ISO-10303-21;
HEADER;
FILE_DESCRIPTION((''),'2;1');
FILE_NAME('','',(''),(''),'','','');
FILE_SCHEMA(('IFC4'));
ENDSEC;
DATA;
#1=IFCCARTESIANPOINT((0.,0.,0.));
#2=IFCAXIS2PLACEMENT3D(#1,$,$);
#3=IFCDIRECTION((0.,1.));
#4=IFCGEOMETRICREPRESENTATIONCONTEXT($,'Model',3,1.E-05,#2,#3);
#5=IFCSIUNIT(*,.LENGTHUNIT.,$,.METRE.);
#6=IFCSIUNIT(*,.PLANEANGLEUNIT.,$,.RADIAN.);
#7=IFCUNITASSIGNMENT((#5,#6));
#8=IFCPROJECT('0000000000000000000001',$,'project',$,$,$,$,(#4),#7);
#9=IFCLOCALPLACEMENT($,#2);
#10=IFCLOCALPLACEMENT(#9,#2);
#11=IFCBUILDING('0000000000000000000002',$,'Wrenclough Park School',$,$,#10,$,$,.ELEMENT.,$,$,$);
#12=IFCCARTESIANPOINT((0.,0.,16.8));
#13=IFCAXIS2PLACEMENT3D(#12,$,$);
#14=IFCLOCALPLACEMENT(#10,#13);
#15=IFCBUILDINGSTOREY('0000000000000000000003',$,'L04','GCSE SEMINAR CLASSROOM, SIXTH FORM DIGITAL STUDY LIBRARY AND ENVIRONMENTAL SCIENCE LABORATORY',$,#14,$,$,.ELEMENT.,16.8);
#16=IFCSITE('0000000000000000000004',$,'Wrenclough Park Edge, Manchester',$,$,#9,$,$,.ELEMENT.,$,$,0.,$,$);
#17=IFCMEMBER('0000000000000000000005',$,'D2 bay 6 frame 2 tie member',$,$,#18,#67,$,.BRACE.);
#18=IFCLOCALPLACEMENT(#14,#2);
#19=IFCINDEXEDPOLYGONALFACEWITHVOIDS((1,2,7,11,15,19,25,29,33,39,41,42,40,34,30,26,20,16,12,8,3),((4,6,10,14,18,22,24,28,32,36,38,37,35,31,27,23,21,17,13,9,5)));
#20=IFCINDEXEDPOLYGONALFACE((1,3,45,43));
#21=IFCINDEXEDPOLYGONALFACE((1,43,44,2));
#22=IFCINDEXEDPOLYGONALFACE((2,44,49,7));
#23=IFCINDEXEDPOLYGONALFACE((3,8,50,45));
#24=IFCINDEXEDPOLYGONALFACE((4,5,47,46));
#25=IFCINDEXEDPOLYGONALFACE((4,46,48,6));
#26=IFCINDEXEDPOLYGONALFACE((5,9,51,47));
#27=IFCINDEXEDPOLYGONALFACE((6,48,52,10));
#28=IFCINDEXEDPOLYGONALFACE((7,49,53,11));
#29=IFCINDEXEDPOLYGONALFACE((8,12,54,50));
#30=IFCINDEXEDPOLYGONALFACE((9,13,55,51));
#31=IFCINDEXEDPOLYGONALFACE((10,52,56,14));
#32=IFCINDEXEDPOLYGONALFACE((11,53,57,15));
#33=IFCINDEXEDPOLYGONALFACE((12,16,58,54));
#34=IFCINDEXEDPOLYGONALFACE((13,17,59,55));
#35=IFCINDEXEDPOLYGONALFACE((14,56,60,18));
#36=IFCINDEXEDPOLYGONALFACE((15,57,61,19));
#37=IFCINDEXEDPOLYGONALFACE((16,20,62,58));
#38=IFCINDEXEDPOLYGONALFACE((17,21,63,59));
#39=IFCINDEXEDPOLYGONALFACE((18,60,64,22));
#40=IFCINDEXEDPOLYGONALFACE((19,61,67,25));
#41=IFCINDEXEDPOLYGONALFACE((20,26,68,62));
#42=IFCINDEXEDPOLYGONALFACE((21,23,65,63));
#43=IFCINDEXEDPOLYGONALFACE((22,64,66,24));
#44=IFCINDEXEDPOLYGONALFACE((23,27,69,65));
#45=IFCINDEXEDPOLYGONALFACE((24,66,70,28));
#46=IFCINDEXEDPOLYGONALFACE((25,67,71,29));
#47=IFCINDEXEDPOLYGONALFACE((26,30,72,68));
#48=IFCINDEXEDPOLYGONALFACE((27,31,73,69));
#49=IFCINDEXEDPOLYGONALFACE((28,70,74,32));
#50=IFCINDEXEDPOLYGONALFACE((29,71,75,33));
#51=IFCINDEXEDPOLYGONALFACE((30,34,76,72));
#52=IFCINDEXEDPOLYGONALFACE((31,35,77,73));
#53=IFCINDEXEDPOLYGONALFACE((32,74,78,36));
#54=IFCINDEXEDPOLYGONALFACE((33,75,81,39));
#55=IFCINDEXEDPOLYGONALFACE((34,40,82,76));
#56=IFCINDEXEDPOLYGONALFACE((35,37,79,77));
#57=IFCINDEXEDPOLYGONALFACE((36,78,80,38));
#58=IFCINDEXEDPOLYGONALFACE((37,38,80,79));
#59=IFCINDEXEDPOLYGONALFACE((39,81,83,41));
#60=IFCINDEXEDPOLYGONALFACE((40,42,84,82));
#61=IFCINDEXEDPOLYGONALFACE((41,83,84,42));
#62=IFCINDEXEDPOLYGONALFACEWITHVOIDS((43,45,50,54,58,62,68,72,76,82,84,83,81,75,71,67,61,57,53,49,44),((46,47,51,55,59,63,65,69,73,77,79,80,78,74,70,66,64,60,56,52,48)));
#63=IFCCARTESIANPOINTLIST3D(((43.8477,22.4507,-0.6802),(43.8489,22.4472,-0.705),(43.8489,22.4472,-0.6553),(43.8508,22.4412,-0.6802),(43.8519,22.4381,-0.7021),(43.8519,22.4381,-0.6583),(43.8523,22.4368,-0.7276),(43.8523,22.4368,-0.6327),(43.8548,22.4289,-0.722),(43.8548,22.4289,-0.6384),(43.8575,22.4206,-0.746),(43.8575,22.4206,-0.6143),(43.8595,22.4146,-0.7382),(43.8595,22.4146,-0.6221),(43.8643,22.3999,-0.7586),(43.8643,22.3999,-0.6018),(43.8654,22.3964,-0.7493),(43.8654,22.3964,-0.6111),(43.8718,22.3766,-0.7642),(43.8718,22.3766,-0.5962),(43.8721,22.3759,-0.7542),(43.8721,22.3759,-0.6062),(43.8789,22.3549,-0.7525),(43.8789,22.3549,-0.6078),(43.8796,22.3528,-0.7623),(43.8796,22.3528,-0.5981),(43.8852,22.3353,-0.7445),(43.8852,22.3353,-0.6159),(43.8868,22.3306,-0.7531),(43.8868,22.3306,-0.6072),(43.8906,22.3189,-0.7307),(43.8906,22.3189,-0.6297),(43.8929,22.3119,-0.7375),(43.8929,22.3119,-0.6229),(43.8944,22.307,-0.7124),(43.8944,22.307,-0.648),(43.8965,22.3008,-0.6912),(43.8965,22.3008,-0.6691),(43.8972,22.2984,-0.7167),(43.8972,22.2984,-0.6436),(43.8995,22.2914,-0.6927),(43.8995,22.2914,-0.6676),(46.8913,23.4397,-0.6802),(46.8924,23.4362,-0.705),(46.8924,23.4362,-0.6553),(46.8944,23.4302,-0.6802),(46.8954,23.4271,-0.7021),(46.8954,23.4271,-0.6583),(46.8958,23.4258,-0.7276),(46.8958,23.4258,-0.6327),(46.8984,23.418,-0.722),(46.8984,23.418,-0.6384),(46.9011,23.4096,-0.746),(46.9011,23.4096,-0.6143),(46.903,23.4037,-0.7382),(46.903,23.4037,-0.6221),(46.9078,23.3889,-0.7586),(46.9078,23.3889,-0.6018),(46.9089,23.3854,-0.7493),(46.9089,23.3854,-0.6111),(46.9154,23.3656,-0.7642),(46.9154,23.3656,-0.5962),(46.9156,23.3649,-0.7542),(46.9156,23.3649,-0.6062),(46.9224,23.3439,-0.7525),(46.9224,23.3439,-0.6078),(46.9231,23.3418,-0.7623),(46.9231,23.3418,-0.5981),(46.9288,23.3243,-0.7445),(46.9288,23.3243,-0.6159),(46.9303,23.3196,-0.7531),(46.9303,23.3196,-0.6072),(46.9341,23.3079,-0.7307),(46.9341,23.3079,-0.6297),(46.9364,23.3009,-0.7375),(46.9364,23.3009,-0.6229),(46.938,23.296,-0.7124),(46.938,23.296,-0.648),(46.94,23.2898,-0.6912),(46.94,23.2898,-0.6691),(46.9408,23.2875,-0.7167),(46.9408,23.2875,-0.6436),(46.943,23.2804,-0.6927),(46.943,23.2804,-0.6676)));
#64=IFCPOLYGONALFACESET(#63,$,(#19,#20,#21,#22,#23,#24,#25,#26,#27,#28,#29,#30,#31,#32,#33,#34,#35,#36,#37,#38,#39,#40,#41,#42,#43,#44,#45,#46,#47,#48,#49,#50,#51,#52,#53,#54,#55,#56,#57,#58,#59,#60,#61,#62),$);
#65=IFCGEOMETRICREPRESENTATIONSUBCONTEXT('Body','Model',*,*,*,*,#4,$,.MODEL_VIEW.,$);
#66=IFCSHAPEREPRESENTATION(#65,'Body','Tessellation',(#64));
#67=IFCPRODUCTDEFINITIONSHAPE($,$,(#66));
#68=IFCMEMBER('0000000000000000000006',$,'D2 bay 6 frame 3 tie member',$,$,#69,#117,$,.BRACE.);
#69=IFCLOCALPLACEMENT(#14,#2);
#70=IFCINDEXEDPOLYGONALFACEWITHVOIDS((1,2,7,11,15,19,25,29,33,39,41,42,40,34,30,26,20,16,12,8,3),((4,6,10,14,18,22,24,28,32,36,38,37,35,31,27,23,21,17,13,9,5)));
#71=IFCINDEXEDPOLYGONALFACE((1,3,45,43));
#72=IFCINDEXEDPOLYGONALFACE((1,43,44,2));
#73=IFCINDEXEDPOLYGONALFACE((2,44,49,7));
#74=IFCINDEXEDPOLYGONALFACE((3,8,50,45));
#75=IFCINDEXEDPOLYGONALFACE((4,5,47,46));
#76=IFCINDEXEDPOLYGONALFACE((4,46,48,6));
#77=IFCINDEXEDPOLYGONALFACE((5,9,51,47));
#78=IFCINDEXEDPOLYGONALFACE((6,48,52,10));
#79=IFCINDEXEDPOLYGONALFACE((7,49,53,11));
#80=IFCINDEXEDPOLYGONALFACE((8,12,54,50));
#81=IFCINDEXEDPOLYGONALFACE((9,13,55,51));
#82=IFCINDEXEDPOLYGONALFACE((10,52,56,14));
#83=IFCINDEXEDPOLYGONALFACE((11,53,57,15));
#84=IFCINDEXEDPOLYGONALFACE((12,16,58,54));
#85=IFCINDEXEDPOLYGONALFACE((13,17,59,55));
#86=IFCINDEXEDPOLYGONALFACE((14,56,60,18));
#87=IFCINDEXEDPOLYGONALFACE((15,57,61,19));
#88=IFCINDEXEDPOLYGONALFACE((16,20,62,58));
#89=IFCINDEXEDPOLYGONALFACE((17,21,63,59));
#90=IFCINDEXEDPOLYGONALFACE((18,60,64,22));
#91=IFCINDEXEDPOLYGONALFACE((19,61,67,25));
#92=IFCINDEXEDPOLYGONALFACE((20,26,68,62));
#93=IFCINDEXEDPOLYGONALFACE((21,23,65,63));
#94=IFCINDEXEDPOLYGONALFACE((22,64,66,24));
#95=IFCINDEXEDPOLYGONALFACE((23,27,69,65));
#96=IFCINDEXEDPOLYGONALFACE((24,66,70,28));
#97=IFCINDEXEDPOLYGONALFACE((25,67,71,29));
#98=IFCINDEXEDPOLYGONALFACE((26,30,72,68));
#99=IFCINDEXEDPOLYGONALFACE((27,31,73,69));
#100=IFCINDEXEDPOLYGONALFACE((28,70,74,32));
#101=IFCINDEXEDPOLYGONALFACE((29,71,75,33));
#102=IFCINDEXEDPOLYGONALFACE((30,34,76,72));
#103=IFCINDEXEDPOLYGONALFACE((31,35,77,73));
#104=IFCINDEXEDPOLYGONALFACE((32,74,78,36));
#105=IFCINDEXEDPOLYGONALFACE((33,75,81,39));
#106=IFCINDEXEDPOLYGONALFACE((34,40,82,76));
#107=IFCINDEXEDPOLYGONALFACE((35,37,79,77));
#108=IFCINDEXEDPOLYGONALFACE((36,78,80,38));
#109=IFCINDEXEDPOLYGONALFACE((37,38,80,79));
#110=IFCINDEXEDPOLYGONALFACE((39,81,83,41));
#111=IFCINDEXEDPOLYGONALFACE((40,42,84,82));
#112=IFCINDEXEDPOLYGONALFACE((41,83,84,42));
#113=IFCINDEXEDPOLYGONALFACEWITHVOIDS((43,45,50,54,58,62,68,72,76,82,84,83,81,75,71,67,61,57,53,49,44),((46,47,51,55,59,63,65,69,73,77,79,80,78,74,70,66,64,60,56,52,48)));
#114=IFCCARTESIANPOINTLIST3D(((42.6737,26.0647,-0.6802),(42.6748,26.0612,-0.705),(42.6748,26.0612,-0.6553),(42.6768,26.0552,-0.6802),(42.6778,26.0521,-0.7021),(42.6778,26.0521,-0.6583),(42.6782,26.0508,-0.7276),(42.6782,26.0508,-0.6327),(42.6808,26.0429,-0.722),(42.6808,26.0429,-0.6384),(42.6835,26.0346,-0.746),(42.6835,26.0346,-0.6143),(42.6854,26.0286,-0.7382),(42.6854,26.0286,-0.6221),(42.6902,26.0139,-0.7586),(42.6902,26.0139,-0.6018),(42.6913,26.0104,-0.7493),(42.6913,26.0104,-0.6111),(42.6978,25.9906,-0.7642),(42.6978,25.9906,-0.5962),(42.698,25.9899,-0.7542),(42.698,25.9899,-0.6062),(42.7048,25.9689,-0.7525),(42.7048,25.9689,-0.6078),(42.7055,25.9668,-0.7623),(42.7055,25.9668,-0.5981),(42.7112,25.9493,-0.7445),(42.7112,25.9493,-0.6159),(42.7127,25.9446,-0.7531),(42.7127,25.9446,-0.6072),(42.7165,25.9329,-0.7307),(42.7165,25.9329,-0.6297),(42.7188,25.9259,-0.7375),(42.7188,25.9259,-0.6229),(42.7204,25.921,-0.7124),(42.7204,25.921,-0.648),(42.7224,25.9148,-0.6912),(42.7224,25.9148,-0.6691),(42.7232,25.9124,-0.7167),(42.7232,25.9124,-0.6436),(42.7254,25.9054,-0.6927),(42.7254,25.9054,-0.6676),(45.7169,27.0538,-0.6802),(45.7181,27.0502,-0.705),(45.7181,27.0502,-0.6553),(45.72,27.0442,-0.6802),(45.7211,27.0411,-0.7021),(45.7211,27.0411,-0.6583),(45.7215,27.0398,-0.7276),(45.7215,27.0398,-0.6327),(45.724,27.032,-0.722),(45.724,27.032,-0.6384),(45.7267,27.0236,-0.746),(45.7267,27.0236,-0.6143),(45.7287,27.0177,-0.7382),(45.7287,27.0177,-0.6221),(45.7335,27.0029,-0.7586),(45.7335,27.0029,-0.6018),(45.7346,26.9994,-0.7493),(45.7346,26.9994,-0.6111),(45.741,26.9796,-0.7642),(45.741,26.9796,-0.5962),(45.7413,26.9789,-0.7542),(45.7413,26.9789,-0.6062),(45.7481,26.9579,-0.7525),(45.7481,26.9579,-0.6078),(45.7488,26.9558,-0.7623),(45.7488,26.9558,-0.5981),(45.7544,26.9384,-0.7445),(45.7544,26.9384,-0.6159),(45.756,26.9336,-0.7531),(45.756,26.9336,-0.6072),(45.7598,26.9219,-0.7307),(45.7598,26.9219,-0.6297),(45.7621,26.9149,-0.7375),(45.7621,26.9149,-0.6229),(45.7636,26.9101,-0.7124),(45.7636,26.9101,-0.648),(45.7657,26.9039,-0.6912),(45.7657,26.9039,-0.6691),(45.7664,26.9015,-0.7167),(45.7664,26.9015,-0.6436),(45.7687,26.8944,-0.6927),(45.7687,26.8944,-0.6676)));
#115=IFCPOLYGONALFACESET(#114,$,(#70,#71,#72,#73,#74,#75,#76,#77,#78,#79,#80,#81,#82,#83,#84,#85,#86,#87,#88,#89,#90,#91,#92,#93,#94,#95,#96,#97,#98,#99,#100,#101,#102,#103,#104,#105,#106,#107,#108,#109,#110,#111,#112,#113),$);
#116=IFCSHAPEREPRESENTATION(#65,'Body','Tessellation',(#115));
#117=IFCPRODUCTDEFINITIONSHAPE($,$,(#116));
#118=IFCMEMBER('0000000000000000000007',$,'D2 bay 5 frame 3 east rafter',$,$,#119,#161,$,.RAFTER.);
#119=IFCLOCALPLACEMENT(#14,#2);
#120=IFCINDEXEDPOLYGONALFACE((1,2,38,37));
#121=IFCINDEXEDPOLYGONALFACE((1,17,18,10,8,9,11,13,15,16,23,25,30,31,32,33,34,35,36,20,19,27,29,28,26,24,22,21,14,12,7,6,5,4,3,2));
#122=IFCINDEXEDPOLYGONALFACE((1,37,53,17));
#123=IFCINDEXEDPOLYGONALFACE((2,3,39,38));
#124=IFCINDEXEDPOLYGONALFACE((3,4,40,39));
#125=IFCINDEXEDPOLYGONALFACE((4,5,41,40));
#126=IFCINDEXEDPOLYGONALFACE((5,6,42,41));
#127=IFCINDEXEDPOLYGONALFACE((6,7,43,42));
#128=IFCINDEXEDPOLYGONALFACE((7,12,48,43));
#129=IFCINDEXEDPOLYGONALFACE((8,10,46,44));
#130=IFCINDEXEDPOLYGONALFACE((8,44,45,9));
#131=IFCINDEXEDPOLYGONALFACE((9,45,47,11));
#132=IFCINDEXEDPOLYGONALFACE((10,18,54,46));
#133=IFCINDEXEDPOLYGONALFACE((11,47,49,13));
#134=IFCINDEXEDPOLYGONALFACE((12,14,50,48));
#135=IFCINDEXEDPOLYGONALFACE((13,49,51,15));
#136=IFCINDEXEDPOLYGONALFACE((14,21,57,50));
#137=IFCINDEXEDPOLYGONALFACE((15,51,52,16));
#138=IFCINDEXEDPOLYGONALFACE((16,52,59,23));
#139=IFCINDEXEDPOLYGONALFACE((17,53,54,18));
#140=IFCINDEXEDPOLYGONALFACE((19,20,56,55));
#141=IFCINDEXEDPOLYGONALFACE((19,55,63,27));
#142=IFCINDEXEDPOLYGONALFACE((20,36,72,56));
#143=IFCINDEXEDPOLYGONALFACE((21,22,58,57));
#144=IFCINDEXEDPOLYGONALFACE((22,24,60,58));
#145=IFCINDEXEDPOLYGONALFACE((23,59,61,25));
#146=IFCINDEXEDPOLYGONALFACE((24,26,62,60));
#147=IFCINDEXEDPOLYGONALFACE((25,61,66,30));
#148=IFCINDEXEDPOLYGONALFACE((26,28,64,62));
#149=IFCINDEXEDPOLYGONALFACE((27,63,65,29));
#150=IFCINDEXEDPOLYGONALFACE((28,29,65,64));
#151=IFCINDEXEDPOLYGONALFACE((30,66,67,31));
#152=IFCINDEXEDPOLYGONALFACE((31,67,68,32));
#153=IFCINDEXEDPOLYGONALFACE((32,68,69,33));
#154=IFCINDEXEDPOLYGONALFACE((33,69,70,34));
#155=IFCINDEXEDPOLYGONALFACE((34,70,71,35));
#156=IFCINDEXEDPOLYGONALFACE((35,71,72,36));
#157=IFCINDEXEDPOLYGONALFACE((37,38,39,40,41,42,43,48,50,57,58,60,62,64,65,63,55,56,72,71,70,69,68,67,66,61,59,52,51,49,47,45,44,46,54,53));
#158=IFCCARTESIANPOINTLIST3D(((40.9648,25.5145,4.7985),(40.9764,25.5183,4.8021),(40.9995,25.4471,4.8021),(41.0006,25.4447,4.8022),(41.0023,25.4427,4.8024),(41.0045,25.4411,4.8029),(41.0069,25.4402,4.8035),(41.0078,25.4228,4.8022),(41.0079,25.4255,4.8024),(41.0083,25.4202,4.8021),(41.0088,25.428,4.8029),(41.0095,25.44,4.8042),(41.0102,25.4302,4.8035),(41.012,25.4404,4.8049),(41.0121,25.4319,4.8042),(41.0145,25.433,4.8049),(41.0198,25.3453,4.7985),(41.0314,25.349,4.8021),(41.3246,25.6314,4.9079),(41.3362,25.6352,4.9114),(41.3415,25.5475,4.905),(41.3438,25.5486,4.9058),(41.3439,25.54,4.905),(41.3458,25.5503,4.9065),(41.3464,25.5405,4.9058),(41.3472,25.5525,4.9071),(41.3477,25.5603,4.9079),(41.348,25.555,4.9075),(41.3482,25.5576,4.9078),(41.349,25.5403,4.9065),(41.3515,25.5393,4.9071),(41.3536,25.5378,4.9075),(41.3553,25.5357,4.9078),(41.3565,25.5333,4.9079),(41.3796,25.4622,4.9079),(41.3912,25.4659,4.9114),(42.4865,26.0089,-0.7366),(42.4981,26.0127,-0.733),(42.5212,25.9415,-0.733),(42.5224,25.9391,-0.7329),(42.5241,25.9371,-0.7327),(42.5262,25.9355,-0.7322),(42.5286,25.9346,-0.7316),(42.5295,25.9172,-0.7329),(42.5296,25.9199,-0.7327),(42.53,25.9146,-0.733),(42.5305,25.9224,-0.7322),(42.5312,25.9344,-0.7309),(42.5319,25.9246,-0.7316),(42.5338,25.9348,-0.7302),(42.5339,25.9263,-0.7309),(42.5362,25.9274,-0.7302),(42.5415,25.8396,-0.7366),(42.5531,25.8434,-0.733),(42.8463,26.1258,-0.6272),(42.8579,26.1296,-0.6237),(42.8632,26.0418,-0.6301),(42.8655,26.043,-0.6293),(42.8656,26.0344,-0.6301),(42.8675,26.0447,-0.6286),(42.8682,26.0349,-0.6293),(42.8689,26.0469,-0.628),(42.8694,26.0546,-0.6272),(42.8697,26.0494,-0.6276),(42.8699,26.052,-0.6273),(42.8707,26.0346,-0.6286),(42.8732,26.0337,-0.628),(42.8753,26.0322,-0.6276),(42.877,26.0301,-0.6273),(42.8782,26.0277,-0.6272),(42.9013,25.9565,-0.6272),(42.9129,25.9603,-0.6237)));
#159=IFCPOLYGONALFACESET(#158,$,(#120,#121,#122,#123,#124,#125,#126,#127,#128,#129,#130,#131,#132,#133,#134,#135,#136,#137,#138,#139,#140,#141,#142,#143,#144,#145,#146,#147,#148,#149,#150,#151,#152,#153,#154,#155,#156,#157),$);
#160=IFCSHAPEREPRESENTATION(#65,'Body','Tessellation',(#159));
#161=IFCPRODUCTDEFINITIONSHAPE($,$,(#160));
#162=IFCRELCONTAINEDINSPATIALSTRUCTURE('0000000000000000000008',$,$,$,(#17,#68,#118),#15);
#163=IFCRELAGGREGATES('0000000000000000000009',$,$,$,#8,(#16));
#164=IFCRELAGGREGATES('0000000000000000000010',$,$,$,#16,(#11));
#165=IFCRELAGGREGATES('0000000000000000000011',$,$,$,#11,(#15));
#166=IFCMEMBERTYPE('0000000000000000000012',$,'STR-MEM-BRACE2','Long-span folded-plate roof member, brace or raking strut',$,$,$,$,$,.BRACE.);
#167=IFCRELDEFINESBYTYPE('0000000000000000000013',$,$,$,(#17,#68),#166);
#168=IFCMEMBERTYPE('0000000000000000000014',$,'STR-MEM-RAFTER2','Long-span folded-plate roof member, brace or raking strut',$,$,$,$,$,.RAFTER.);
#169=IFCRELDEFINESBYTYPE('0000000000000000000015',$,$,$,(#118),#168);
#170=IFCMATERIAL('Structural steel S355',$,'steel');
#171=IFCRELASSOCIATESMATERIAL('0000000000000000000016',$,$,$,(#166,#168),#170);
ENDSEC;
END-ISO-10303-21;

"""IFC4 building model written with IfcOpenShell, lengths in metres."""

from ifc_helpers import new_model, si_unit, direction, frame, origin, origin_2d, place, context, subcontext, project, spatial, hollow_circle, i_section, extrude, material, material_profile, profile_set, type_object, element, save


model = new_model("IFC4")

# Units and contexts
model_context = context("Model", 3, precision=1e-05, world=origin(), true_north=direction((0.0, 1.0)))
body_context = subcontext(model_context, "Body", "Model", "MODEL_VIEW")
ifc_project = project(units=[si_unit("LENGTHUNIT", "METRE"), si_unit("PLANEANGLEUNIT", "RADIAN")], contexts=[model_context])

# Site, building, storey
site_placement = place(None, origin())
site = spatial("IfcSite", under=ifc_project, at=site_placement, Name="Wrenclough Park Edge, Manchester", CompositionType="ELEMENT", RefElevation=0.0)
building_placement = place(site_placement, origin())
building = spatial("IfcBuilding", under=site, at=building_placement, Name="Wrenclough Park School", CompositionType="ELEMENT")
storey_placement = place(building_placement, frame((0.0, 0.0, 16.8)))
storey = spatial("IfcBuildingStorey", under=building, at=storey_placement, Name="L04", Description="GCSE SEMINAR CLASSROOM, SIXTH FORM DIGITAL STUDY LIBRARY AND ENVIRONMENTAL SCIENCE LABORATORY", CompositionType="ELEMENT", Elevation=16.8)

# Shared definitions
ifc_material_1 = material(Name="Structural steel S355", Category="steel")

# Members
ifc_material_profile_1 = material_profile(ifc_material_1, hollow_circle(Radius=0.0842, WallThickness=0.01, at=origin_2d()), Name="CHS 168.3x10.0")
ifc_profile_set_1 = profile_set([ifc_material_profile_1], Name="Structural steel S355")
member_type_1 = type_object("IfcMemberType", Name="STR-MEM-BRACE2", Description="Long-span folded-plate roof member, brace or raking strut", PredefinedType="BRACE", material=ifc_profile_set_1)
member_1_placement = place(storey_placement, frame((43.8738, 22.3706, -0.6802), z_axis=(0.951044, 0.309055, 0.0), x_axis=(-0.309055, 0.951044, 0.0)))
element("IfcMember", 1, at=member_1_placement, inside=storey, type_object=member_type_1, Name="D2 bay 6 frame 2 tie member", PredefinedType="BRACE", context=body_context, shape_type="SweptSolid", body=[
    extrude(hollow_circle(Radius=0.0842, WallThickness=0.01, at=origin_2d()), origin(), (0.0, 0.0, 1.0), 3.2002),
])
member_2_placement = place(storey_placement, frame((42.6997, 25.9846, -0.6802), z_axis=(0.951037, 0.309077, 0.0), x_axis=(-0.309077, 0.951037, 0.0)))
element("IfcMember", 2, at=member_2_placement, inside=storey, type_object=member_type_1, Name="D2 bay 6 frame 3 tie member", PredefinedType="BRACE", context=body_context, shape_type="SweptSolid", body=[
    extrude(hollow_circle(Radius=0.0842, WallThickness=0.01, at=origin_2d()), origin(), (0.0, 0.0, 1.0), 3.2),
])
ifc_material_profile_2 = material_profile(ifc_material_1, i_section(OverallWidth=0.178, OverallDepth=0.4065, WebThickness=0.0078, FlangeThickness=0.0127, FilletRadius=0.0103, at=origin_2d()), Name="UKB 406x178x60")
ifc_profile_set_2 = profile_set([ifc_material_profile_2], Name="Structural steel S355")
member_type_2 = type_object("IfcMemberType", Name="STR-MEM-RAFTER2", Description="Long-span folded-plate roof member, brace or raking strut", PredefinedType="RAFTER", material=ifc_profile_set_2)
for number, where, z_axis, x_axis, name in (
    (3, (41.178, 25.4902, 4.855), (0.264108, 0.085804, -0.960669), (-0.308986, 0.951067, 0.0), "D2 bay 5 frame 3 east rafter"),
):
    element("IfcMember", number, at=place(storey_placement, frame(where, z_axis=z_axis, x_axis=x_axis)), inside=storey, type_object=member_type_2, Name=name, PredefinedType="RAFTER", context=body_context, shape_type="SweptSolid", body=[
        extrude(i_section(OverallWidth=0.178, OverallDepth=0.4065, WebThickness=0.0078, FlangeThickness=0.0127, FilletRadius=0.0103, at=origin_2d()), origin(), (0.0, 0.0, 1.0), 5.7617),
    ])

save(model, "model.ifc")
